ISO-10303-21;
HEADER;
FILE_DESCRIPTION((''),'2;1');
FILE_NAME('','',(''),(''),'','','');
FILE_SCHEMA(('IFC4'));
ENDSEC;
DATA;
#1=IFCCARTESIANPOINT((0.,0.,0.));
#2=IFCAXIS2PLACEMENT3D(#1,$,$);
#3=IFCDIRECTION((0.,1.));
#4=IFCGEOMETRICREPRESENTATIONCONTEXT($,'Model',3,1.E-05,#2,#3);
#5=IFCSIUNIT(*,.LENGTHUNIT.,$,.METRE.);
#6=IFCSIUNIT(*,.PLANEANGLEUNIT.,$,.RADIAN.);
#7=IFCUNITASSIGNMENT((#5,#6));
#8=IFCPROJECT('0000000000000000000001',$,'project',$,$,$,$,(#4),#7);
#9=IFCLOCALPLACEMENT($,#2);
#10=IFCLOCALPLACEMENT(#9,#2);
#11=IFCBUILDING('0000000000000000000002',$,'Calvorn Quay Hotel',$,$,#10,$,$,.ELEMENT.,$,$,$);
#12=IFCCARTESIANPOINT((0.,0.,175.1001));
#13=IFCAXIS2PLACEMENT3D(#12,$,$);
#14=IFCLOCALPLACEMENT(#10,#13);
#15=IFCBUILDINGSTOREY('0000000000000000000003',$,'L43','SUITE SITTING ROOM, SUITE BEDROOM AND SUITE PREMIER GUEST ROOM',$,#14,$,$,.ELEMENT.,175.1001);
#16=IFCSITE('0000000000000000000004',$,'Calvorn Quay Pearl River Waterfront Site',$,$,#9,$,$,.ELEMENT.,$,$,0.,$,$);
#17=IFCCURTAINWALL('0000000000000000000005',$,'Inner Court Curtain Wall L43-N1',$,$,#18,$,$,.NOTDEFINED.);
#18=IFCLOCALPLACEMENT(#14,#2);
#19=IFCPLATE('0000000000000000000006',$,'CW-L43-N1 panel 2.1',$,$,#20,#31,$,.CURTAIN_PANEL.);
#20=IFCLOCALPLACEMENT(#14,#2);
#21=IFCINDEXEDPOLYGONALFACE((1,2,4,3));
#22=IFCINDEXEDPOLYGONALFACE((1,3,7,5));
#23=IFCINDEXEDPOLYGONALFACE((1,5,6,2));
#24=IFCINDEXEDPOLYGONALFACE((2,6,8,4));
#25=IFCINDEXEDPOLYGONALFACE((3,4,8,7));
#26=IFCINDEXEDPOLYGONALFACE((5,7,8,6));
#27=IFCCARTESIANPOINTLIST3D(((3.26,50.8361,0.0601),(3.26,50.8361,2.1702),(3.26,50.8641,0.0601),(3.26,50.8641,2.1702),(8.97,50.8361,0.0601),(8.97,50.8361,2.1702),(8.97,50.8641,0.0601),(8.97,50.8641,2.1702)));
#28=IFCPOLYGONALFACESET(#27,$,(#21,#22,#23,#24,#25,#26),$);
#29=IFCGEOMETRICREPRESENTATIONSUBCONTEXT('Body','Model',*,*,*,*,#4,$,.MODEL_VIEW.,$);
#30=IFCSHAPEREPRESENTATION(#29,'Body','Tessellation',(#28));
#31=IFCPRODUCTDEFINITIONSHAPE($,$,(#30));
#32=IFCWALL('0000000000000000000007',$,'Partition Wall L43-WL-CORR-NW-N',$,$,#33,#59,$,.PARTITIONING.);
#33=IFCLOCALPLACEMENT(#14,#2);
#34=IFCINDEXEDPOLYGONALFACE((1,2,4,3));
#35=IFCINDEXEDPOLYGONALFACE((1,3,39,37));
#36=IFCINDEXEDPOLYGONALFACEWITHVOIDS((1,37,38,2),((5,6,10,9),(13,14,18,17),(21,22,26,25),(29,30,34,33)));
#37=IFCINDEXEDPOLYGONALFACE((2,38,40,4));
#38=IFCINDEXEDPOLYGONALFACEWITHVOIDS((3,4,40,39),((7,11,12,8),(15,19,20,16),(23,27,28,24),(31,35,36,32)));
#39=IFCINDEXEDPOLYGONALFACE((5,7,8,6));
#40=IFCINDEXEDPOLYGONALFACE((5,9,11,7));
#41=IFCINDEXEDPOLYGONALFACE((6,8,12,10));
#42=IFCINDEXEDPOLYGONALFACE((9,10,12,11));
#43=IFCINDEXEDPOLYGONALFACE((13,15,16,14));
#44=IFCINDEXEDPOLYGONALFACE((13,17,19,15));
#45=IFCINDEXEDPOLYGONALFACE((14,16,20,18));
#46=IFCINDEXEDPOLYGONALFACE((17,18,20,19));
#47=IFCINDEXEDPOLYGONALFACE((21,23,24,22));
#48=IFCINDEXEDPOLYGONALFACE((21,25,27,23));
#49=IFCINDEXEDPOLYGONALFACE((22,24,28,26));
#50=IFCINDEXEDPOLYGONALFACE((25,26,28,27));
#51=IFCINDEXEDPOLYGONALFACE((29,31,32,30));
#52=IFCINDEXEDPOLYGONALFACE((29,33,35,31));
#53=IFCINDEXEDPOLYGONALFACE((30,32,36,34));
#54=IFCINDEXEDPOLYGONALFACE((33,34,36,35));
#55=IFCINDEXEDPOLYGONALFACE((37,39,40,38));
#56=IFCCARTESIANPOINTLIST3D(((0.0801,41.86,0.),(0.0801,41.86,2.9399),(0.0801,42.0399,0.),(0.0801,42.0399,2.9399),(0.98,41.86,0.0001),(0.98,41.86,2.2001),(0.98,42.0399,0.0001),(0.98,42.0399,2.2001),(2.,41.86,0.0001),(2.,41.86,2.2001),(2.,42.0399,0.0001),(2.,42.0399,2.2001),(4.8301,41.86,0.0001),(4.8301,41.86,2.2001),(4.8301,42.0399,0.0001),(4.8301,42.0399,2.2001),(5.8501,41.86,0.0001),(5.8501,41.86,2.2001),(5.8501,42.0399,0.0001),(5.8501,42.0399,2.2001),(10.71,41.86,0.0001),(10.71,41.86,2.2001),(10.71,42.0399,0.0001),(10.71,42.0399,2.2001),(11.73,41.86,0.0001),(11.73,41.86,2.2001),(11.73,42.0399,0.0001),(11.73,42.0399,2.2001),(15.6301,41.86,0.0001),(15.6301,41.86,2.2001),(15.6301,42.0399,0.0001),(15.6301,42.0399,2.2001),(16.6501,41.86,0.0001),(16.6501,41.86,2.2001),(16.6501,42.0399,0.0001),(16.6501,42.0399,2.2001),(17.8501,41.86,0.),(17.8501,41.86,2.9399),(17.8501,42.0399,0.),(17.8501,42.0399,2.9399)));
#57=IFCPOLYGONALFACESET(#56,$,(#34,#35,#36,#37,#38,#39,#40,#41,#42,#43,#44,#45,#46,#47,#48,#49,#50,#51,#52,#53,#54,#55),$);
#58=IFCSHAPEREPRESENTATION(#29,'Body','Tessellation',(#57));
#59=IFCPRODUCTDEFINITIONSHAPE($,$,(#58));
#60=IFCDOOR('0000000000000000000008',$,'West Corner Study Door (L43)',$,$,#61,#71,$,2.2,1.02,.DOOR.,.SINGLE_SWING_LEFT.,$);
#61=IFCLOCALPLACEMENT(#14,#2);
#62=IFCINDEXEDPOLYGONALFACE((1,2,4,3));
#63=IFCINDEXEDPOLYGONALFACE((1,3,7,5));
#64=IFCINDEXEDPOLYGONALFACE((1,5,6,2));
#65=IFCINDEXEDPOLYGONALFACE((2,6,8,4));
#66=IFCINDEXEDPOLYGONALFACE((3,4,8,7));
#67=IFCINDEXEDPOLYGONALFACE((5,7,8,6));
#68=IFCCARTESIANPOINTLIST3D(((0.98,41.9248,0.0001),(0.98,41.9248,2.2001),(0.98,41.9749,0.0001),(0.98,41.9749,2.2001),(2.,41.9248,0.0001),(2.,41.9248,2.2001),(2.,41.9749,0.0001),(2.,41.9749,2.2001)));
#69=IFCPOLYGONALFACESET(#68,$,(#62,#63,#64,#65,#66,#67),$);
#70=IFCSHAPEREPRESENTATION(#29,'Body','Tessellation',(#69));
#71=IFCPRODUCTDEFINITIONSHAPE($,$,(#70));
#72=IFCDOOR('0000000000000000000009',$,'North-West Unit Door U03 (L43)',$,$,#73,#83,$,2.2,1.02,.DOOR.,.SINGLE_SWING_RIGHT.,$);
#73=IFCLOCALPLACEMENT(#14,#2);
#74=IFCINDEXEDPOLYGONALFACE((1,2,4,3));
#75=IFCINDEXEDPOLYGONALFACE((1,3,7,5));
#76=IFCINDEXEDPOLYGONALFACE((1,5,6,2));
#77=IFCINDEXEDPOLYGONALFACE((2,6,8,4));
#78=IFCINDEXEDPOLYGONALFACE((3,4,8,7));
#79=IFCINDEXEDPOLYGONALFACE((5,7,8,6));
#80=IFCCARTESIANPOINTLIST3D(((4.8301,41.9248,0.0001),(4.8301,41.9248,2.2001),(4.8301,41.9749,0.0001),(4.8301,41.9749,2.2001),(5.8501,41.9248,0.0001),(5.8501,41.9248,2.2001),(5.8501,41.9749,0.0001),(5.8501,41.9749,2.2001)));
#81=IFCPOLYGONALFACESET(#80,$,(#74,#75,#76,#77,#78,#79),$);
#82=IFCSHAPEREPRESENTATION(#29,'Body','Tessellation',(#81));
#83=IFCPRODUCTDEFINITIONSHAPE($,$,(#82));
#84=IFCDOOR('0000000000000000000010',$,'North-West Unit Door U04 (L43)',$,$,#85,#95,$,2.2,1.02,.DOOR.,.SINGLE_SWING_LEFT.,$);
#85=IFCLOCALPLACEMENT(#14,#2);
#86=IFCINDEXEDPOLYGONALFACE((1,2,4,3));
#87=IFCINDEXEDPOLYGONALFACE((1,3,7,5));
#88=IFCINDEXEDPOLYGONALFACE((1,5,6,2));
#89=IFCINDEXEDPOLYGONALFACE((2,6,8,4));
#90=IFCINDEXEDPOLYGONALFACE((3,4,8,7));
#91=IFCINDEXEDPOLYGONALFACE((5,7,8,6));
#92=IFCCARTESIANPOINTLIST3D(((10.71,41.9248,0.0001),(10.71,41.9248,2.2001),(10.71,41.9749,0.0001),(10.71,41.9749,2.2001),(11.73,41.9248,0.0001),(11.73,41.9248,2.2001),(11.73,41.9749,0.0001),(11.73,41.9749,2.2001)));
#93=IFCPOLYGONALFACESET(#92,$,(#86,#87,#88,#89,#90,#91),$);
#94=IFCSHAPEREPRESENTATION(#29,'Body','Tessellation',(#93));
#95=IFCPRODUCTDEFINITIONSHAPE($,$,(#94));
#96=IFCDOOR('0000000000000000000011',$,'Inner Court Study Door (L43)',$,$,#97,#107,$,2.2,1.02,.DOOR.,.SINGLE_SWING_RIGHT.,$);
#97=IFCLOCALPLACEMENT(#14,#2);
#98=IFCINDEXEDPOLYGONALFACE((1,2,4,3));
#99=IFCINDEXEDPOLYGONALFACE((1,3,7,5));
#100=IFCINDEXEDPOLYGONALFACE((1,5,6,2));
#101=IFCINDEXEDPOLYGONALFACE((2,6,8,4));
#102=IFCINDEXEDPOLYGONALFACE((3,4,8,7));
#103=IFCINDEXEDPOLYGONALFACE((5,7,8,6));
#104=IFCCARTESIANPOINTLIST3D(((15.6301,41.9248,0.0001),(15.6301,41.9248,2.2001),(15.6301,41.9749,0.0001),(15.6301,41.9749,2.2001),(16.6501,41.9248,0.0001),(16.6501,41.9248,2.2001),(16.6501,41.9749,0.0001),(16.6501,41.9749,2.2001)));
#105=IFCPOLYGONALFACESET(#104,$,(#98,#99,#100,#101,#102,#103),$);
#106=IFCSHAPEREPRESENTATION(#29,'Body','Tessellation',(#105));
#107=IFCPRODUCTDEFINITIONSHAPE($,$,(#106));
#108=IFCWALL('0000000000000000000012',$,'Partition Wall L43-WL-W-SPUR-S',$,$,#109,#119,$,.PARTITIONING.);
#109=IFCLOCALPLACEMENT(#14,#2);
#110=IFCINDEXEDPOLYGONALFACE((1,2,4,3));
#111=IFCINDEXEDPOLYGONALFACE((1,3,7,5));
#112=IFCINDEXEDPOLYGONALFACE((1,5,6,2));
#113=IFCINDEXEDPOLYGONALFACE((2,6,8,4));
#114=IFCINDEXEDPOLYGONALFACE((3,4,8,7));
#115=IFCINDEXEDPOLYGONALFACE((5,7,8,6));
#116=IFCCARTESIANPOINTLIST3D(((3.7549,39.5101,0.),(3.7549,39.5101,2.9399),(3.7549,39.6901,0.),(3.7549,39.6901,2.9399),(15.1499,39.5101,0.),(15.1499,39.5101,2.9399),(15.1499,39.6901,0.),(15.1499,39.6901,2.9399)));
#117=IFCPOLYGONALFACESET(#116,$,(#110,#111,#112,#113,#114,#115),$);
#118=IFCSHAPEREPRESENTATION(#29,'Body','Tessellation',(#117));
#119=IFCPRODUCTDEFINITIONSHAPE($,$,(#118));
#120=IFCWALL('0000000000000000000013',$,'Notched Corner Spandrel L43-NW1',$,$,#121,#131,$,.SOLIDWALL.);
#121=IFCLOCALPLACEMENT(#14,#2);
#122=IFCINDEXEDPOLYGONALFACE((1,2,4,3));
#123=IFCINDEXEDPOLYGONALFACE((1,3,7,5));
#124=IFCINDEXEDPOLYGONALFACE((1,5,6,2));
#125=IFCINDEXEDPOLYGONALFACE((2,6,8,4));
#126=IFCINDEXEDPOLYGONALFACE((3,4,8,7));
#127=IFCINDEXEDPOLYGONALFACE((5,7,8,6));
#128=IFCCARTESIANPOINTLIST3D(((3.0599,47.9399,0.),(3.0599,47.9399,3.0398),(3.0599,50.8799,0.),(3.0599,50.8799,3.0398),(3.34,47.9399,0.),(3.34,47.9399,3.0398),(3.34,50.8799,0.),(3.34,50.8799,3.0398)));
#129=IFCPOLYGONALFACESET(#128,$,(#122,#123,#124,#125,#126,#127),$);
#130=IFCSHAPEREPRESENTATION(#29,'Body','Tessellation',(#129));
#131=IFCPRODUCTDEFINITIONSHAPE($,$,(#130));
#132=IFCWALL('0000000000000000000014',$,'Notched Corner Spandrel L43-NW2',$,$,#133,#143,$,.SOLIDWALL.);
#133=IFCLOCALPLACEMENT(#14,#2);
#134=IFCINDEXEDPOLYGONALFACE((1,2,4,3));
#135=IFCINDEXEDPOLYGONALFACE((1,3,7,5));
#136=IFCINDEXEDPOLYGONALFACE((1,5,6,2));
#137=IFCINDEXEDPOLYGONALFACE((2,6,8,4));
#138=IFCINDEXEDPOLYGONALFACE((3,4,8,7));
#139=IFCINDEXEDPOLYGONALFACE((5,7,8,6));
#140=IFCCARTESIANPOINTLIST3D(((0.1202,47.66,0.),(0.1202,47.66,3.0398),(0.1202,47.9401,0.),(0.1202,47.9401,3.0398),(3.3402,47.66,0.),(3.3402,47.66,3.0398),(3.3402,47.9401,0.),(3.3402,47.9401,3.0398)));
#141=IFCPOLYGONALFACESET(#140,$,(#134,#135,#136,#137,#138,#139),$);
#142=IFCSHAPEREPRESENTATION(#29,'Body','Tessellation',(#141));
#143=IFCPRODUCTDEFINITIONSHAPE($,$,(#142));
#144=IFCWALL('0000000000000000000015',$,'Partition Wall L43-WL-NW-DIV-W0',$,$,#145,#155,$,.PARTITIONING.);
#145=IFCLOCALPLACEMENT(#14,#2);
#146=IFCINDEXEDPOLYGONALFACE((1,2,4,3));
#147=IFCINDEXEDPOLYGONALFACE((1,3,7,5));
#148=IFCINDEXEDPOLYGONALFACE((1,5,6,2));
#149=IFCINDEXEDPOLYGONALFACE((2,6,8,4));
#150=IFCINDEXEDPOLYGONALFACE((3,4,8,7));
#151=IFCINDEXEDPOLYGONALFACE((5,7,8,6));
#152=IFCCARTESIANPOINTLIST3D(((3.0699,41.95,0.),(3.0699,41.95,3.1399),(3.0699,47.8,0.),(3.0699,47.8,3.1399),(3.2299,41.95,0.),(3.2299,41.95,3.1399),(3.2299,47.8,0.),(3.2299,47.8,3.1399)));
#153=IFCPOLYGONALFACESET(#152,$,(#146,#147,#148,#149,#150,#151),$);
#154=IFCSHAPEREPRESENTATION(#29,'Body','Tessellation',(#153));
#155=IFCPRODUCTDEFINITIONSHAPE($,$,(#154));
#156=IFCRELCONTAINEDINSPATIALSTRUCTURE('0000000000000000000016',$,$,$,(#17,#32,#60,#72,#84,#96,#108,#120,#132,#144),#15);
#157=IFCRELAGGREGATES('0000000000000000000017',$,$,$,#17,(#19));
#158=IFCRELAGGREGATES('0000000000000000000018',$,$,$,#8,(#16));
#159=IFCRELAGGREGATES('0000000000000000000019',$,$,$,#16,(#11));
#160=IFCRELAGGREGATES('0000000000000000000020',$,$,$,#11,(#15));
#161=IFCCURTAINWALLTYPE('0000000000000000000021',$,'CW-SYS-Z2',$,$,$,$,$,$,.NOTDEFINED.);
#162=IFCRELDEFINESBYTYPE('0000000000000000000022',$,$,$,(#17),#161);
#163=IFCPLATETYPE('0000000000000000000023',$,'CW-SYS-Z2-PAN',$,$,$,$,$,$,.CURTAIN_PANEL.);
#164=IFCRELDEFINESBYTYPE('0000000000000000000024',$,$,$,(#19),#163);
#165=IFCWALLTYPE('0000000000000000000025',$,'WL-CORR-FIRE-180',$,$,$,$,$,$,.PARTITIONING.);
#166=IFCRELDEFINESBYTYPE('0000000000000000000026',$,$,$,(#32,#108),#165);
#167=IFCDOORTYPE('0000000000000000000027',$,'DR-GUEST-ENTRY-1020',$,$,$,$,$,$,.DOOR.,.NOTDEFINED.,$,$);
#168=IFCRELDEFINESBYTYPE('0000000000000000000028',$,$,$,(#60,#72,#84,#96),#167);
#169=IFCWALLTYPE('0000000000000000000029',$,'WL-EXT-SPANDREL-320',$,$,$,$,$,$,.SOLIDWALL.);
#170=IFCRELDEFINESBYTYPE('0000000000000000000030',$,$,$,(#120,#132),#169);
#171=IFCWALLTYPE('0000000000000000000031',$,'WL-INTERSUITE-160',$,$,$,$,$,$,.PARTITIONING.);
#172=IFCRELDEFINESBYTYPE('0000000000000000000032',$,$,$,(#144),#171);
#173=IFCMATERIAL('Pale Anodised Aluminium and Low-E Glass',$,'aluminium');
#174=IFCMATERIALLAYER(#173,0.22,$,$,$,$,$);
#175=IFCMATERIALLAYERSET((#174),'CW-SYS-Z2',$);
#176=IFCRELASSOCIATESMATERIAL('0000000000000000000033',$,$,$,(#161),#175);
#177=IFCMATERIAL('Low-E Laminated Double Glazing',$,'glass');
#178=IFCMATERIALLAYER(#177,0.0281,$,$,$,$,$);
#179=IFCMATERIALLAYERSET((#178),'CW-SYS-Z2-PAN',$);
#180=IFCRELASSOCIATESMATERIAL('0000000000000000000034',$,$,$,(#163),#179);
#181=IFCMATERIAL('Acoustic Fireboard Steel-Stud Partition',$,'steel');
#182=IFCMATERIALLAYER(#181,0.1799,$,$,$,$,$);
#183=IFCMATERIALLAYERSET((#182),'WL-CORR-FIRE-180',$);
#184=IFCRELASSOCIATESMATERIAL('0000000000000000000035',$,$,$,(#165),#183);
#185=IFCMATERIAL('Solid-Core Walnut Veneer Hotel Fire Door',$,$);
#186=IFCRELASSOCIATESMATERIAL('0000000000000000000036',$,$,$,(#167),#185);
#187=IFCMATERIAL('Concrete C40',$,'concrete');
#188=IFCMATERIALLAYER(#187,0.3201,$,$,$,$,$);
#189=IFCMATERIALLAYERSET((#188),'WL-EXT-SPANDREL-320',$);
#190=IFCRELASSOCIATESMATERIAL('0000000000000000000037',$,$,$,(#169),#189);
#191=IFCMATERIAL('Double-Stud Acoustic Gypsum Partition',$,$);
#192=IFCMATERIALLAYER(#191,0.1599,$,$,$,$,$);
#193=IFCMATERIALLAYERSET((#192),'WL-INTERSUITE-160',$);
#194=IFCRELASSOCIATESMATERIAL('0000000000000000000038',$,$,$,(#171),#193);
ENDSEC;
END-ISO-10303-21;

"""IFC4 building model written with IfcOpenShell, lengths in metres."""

from ifc_helpers import new_model, si_unit, direction, frame, frame_2d, origin, origin_2d, place, context, subcontext, project, spatial, rectangle, extrude, material, layer, layer_set, type_object, element, fill, aggregate, save


model = new_model("IFC4")

# Units and contexts
model_context = context("Model", 3, precision=1e-05, world=origin(), true_north=direction((0.0, 1.0)))
body_context = subcontext(model_context, "Body", "Model", "MODEL_VIEW")
ifc_project = project(units=[si_unit("LENGTHUNIT", "METRE"), si_unit("PLANEANGLEUNIT", "RADIAN")], contexts=[model_context])

# Site, building, storey
site_placement = place(None, origin())
site = spatial("IfcSite", under=ifc_project, at=site_placement, Name="Calvorn Quay Pearl River Waterfront Site", CompositionType="ELEMENT", RefElevation=0.0)
building_placement = place(site_placement, origin())
building = spatial("IfcBuilding", under=site, at=building_placement, Name="Calvorn Quay Hotel", CompositionType="ELEMENT")
storey_placement = place(building_placement, frame((0.0, 0.0, 175.1001)))
storey = spatial("IfcBuildingStorey", under=building, at=storey_placement, Name="L43", Description="SUITE SITTING ROOM, SUITE BEDROOM AND SUITE PREMIER GUEST ROOM", CompositionType="ELEMENT", Elevation=175.1001)

# Shared definitions
ifc_material_1 = material(Name="Pale Anodised Aluminium and Low-E Glass", Category="aluminium")
ifc_layer_1 = layer(ifc_material_1, 0.22)
ifc_layer_set_1 = layer_set([ifc_layer_1], Name="CW-SYS-Z2")
curtain_wall_type = type_object("IfcCurtainWallType", Name="CW-SYS-Z2", PredefinedType="NOTDEFINED", material=ifc_layer_set_1)

# Curtain wall
curtain_wall_1_placement = place(storey_placement, origin())
curtain_wall_1 = element("IfcCurtainWall", 1, at=curtain_wall_1_placement, inside=storey, type_object=curtain_wall_type, Name="Inner Court Curtain Wall L43-N1", PredefinedType="NOTDEFINED")

# Plate
ifc_material_2 = material(Name="Low-E Laminated Double Glazing", Category="glass")
ifc_layer_2 = layer(ifc_material_2, 0.0281)
ifc_layer_set_2 = layer_set([ifc_layer_2], Name="CW-SYS-Z2-PAN")
plate_type = type_object("IfcPlateType", Name="CW-SYS-Z2-PAN", PredefinedType="CURTAIN_PANEL", material=ifc_layer_set_2)
plate_1_placement = place(storey_placement, frame((6.115, 50.8501, 0.0601), z_axis=(0.0, 0.0, 1.0), x_axis=(-1.0, 0.0, 0.0)))
plate_1 = element("IfcPlate", 2, at=plate_1_placement, type_object=plate_type, Name="CW-L43-N1 panel 2.1", PredefinedType="CURTAIN_PANEL", context=body_context, shape_type="SweptSolid", body=[
    extrude(rectangle(XDim=5.71, YDim=0.0281, at=origin_2d()), origin(), (0.0, 0.0, 1.0), 2.1101),
])
aggregate(curtain_wall_1, [plate_1])

# Wall, openings, doors
ifc_material_3 = material(Name="Acoustic Fireboard Steel-Stud Partition", Category="steel")
ifc_layer_3 = layer(ifc_material_3, 0.1799)
ifc_layer_set_3 = layer_set([ifc_layer_3], Name="WL-CORR-FIRE-180")
wall_type_1 = type_object("IfcWallType", Name="WL-CORR-FIRE-180", PredefinedType="PARTITIONING", material=ifc_layer_set_3)
wall_1_placement = place(storey_placement, frame((0.0801, 41.95, 0.0), z_axis=(0.0, 0.0, 1.0), x_axis=(1.0, 0.0, 0.0)))
wall_1 = element("IfcWall", 3, at=wall_1_placement, inside=storey, type_object=wall_type_1, Name="Partition Wall L43-WL-CORR-NW-N", PredefinedType="PARTITIONING", context=body_context, shape_type="SweptSolid", body=[
    extrude(rectangle(XDim=17.77, YDim=0.1799, at=frame_2d((8.885, 0.0))), origin(), (0.0, 0.0, 1.0), 2.9399),
])
opening_1_placement = place(wall_1_placement, frame((0.8999, 0.0, 0.0)))
opening_1 = element("IfcOpeningElement", 4, at=opening_1_placement, cuts=wall_1, PredefinedType="OPENING", context=body_context, shape_type="SweptSolid", body=[
    extrude(rectangle(XDim=1.02, YDim=2.2, at=frame_2d((0.51, 1.1001))), frame((0.0, 0.0999, 0.0), z_axis=(0.0, -1.0, 0.0), x_axis=(1.0, 0.0, 0.0)), (0.0, 0.0, 1.0), 0.2),
])
opening_2_placement = place(wall_1_placement, frame((4.75, 0.0, 0.0)))
opening_2 = element("IfcOpeningElement", 5, at=opening_2_placement, cuts=wall_1, PredefinedType="OPENING", context=body_context, shape_type="SweptSolid", body=[
    extrude(rectangle(XDim=1.02, YDim=2.2, at=frame_2d((0.51, 1.1001))), frame((0.0, 0.0999, 0.0), z_axis=(0.0, -1.0, 0.0), x_axis=(1.0, 0.0, 0.0)), (0.0, 0.0, 1.0), 0.2),
])
opening_3_placement = place(wall_1_placement, frame((10.6299, 0.0, 0.0)))
opening_3 = element("IfcOpeningElement", 6, at=opening_3_placement, cuts=wall_1, PredefinedType="OPENING", context=body_context, shape_type="SweptSolid", body=[
    extrude(rectangle(XDim=1.02, YDim=2.2, at=frame_2d((0.51, 1.1001))), frame((0.0, 0.0999, 0.0), z_axis=(0.0, -1.0, 0.0), x_axis=(1.0, 0.0, 0.0)), (0.0, 0.0, 1.0), 0.2),
])
opening_4_placement = place(wall_1_placement, frame((15.55, 0.0, 0.0)))
opening_4 = element("IfcOpeningElement", 7, at=opening_4_placement, cuts=wall_1, PredefinedType="OPENING", context=body_context, shape_type="SweptSolid", body=[
    extrude(rectangle(XDim=1.02, YDim=2.2, at=frame_2d((0.51, 1.1001))), frame((0.0, 0.0999, 0.0), z_axis=(0.0, -1.0, 0.0), x_axis=(1.0, 0.0, 0.0)), (0.0, 0.0, 1.0), 0.2),
])
ifc_material_4 = material(Name="Solid-Core Walnut Veneer Hotel Fire Door")
door_type_1 = type_object("IfcDoorType", Name="DR-GUEST-ENTRY-1020", OperationType="NOTDEFINED", PredefinedType="DOOR", material=ifc_material_4)
door_1_placement = place(opening_1_placement, origin())
door_1 = element("IfcDoor", 8, at=door_1_placement, inside=storey, type_object=door_type_1, Name="West Corner Study Door (L43)", OperationType="SINGLE_SWING_LEFT", OverallHeight=2.2, OverallWidth=1.02, PredefinedType="DOOR", context=body_context, shape_type="SweptSolid", body=[
    extrude(rectangle(XDim=1.02, YDim=2.2, at=frame_2d((0.51, 1.1001))), frame((0.0, 0.0249, 0.0), z_axis=(0.0, -1.0, 0.0), x_axis=(1.0, 0.0, 0.0)), (0.0, 0.0, 1.0), 0.05),
])
fill(opening_1, door_1)
door_2_placement = place(opening_2_placement, origin())
door_2 = element("IfcDoor", 9, at=door_2_placement, inside=storey, type_object=door_type_1, Name="North-West Unit Door U03 (L43)", OperationType="SINGLE_SWING_RIGHT", OverallHeight=2.2, OverallWidth=1.02, PredefinedType="DOOR", context=body_context, shape_type="SweptSolid", body=[
    extrude(rectangle(XDim=1.02, YDim=2.2, at=frame_2d((0.51, 1.1001))), frame((0.0, 0.0249, 0.0), z_axis=(0.0, -1.0, 0.0), x_axis=(1.0, 0.0, 0.0)), (0.0, 0.0, 1.0), 0.05),
])
fill(opening_2, door_2)
door_3_placement = place(opening_3_placement, origin())
door_3 = element("IfcDoor", 10, at=door_3_placement, inside=storey, type_object=door_type_1, Name="North-West Unit Door U04 (L43)", OperationType="SINGLE_SWING_LEFT", OverallHeight=2.2, OverallWidth=1.02, PredefinedType="DOOR", context=body_context, shape_type="SweptSolid", body=[
    extrude(rectangle(XDim=1.02, YDim=2.2, at=frame_2d((0.51, 1.1001))), frame((0.0, 0.0249, 0.0), z_axis=(0.0, -1.0, 0.0), x_axis=(1.0, 0.0, 0.0)), (0.0, 0.0, 1.0), 0.05),
])
fill(opening_3, door_3)
door_4_placement = place(opening_4_placement, origin())
door_4 = element("IfcDoor", 11, at=door_4_placement, inside=storey, type_object=door_type_1, Name="Inner Court Study Door (L43)", OperationType="SINGLE_SWING_RIGHT", OverallHeight=2.2, OverallWidth=1.02, PredefinedType="DOOR", context=body_context, shape_type="SweptSolid", body=[
    extrude(rectangle(XDim=1.02, YDim=2.2, at=frame_2d((0.51, 1.1001))), frame((0.0, 0.0249, 0.0), z_axis=(0.0, -1.0, 0.0), x_axis=(1.0, 0.0, 0.0)), (0.0, 0.0, 1.0), 0.05),
])
fill(opening_4, door_4)

# Walls
wall_2_placement = place(storey_placement, frame((3.7549, 39.6001, 0.0), z_axis=(0.0, 0.0, 1.0), x_axis=(1.0, 0.0, 0.0)))
element("IfcWall", 12, at=wall_2_placement, inside=storey, type_object=wall_type_1, Name="Partition Wall L43-WL-W-SPUR-S", PredefinedType="PARTITIONING", context=body_context, shape_type="SweptSolid", body=[
    extrude(rectangle(XDim=11.395, YDim=0.1799, at=frame_2d((5.6975, 0.0))), origin(), (0.0, 0.0, 1.0), 2.9399),
])
ifc_material_5 = material(Name="Concrete C40", Category="concrete")
ifc_layer_4 = layer(ifc_material_5, 0.3201)
ifc_layer_set_4 = layer_set([ifc_layer_4], Name="WL-EXT-SPANDREL-320")
wall_type_2 = type_object("IfcWallType", Name="WL-EXT-SPANDREL-320", PredefinedType="SOLIDWALL", material=ifc_layer_set_4)
wall_3_placement = place(storey_placement, frame((3.2, 50.8799, 0.0), z_axis=(0.0, 0.0, 1.0), x_axis=(0.0, -1.0, 0.0)))
element("IfcWall", 13, at=wall_3_placement, inside=storey, type_object=wall_type_2, Name="Notched Corner Spandrel L43-NW1", PredefinedType="SOLIDWALL", context=body_context, shape_type="SweptSolid", body=[
    extrude(rectangle(XDim=2.9399, YDim=0.28, at=frame_2d((1.47, 0.0))), origin(), (0.0, 0.0, 1.0), 3.0398),
])
wall_4_placement = place(storey_placement, frame((3.3401, 47.8, 0.0), z_axis=(0.0, 0.0, 1.0), x_axis=(-1.0, 0.0, 0.0)))
element("IfcWall", 14, at=wall_4_placement, inside=storey, type_object=wall_type_2, Name="Notched Corner Spandrel L43-NW2", PredefinedType="SOLIDWALL", context=body_context, shape_type="SweptSolid", body=[
    extrude(rectangle(XDim=3.22, YDim=0.28, at=frame_2d((1.6099, 0.0))), origin(), (0.0, 0.0, 1.0), 3.0398),
])
ifc_material_6 = material(Name="Double-Stud Acoustic Gypsum Partition")
ifc_layer_5 = layer(ifc_material_6, 0.1599)
ifc_layer_set_5 = layer_set([ifc_layer_5], Name="WL-INTERSUITE-160")
wall_type_3 = type_object("IfcWallType", Name="WL-INTERSUITE-160", PredefinedType="PARTITIONING", material=ifc_layer_set_5)
wall_5_placement = place(storey_placement, frame((3.1499, 41.95, 0.0), z_axis=(0.0, 0.0, 1.0), x_axis=(0.0, 1.0, 0.0)))
element("IfcWall", 15, at=wall_5_placement, inside=storey, type_object=wall_type_3, Name="Partition Wall L43-WL-NW-DIV-W0", PredefinedType="PARTITIONING", context=body_context, shape_type="SweptSolid", body=[
    extrude(rectangle(XDim=5.8501, YDim=0.1599, at=frame_2d((2.925, 0.0))), origin(), (0.0, 0.0, 1.0), 3.1399),
])

save(model, "model.ifc")
